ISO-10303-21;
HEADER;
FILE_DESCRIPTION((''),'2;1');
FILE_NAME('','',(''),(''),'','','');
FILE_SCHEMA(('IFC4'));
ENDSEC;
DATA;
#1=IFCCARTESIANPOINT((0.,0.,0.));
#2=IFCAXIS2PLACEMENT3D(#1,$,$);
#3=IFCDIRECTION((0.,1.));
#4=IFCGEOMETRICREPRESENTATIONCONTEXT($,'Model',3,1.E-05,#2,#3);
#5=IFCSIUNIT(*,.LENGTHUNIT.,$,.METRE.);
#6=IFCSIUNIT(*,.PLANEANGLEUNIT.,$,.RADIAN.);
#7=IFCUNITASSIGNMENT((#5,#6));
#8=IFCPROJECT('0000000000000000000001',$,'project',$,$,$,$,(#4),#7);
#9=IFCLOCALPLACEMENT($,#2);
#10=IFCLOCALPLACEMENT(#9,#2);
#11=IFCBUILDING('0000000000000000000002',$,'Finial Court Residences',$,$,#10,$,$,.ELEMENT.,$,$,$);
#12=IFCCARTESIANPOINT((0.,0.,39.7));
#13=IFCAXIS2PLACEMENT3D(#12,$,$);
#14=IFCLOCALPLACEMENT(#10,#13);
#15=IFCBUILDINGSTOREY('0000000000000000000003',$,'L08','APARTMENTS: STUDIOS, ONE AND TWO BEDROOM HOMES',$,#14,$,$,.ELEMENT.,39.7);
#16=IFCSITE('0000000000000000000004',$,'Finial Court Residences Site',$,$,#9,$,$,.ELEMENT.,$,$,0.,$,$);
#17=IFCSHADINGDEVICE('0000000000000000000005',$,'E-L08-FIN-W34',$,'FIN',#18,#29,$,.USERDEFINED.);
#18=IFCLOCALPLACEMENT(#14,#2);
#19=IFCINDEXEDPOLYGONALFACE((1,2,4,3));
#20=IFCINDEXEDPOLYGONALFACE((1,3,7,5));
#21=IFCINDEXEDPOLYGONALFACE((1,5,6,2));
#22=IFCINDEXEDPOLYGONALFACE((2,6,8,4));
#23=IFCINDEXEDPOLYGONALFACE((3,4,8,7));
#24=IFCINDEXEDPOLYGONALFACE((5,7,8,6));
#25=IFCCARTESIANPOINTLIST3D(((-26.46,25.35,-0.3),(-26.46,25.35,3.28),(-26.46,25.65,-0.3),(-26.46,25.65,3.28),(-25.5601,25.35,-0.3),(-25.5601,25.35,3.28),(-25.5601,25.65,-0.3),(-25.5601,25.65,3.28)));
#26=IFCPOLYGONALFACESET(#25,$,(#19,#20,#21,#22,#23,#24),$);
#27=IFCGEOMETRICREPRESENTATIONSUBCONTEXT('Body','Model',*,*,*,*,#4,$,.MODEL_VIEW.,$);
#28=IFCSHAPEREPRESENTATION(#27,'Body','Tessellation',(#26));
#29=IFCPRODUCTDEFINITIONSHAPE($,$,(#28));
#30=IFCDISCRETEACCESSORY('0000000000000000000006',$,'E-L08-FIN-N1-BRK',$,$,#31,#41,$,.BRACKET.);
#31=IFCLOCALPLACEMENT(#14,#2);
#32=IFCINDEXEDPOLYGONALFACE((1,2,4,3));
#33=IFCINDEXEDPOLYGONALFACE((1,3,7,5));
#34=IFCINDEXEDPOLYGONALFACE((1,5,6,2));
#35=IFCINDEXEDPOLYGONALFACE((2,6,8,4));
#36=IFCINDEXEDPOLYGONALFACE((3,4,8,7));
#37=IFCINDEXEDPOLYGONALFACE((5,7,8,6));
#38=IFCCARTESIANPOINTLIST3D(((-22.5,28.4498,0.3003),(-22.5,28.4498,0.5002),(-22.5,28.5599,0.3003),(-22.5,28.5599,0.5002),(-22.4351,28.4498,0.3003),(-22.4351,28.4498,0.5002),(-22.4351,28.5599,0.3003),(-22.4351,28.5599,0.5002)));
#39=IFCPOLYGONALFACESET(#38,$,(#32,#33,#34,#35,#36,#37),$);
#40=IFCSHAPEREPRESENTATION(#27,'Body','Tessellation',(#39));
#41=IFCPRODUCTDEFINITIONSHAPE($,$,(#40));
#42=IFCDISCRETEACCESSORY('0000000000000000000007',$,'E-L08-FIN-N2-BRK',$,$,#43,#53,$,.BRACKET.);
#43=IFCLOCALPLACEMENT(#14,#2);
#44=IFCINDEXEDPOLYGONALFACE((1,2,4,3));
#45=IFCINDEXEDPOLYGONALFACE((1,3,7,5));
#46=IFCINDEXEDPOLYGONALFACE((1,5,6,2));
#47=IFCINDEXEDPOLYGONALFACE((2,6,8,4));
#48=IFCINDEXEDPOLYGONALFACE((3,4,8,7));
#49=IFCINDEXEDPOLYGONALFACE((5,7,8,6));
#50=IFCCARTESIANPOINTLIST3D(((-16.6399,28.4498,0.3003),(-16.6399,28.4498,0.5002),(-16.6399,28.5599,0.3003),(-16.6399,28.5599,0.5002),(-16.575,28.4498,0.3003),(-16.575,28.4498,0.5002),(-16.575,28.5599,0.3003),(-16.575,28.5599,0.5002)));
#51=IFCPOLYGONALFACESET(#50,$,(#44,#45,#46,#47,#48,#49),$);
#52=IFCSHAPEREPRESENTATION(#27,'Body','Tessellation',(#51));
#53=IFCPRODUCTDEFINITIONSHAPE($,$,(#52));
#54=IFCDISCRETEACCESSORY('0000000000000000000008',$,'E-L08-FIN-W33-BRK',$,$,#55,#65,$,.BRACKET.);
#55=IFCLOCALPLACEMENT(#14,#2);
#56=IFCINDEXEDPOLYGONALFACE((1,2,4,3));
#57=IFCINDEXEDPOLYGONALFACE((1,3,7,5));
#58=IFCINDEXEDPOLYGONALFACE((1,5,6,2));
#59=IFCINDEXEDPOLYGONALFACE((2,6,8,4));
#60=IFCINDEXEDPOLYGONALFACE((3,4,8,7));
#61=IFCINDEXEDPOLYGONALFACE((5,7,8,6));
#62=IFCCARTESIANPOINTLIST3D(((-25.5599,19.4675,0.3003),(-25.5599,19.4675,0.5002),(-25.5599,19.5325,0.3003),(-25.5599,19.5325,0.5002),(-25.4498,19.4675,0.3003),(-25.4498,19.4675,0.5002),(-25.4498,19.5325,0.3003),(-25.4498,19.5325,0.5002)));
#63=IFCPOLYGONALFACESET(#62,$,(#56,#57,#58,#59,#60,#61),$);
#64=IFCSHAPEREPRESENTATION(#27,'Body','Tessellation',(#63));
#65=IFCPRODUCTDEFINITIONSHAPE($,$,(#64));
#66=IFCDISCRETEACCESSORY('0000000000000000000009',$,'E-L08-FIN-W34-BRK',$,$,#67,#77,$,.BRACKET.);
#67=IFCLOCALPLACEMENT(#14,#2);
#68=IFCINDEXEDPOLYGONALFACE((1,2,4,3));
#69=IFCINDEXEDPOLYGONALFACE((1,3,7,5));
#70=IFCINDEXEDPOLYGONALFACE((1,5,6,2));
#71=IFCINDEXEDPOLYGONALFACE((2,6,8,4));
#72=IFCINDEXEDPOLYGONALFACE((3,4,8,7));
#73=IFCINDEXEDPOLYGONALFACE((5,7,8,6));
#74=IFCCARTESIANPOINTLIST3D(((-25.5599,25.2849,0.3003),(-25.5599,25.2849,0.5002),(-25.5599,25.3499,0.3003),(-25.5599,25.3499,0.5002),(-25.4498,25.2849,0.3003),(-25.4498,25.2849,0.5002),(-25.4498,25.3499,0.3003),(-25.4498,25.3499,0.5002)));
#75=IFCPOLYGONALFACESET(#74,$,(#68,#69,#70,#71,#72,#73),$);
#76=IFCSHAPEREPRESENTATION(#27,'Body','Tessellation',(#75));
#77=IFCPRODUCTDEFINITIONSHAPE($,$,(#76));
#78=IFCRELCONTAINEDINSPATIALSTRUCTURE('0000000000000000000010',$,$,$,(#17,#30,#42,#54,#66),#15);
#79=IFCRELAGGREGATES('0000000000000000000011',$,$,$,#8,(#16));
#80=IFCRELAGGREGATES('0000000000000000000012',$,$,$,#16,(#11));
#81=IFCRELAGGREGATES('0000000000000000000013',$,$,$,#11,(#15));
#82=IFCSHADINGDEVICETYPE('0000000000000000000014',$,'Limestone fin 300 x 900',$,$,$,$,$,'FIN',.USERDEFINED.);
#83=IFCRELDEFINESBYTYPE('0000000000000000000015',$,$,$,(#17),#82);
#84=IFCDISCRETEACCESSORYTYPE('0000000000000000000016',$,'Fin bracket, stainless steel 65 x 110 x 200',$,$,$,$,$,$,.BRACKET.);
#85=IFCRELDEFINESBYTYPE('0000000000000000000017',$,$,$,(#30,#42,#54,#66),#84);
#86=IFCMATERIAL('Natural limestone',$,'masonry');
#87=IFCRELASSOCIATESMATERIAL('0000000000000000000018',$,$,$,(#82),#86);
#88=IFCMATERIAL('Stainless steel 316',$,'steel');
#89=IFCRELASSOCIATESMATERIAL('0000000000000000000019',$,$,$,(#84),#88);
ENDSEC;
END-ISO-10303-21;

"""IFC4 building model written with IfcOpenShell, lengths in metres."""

from ifc_helpers import new_model, si_unit, direction, frame, origin, origin_2d, place, context, subcontext, project, spatial, rectangle, extrude, material, type_object, element, save


model = new_model("IFC4")

# Units and contexts
model_context = context("Model", 3, precision=1e-05, world=origin(), true_north=direction((0.0, 1.0)))
body_context = subcontext(model_context, "Body", "Model", "MODEL_VIEW")
ifc_project = project(units=[si_unit("LENGTHUNIT", "METRE"), si_unit("PLANEANGLEUNIT", "RADIAN")], contexts=[model_context])

# Site, building, storey
site_placement = place(None, origin())
site = spatial("IfcSite", under=ifc_project, at=site_placement, Name="Finial Court Residences Site", CompositionType="ELEMENT", RefElevation=0.0)
building_placement = place(site_placement, origin())
building = spatial("IfcBuilding", under=site, at=building_placement, Name="Finial Court Residences", CompositionType="ELEMENT")
storey_placement = place(building_placement, frame((0.0, 0.0, 39.7)))
storey = spatial("IfcBuildingStorey", under=building, at=storey_placement, Name="L08", Description="APARTMENTS: STUDIOS, ONE AND TWO BEDROOM HOMES", CompositionType="ELEMENT", Elevation=39.7)

# Shared definitions
ifc_material_1 = material(Name="Natural limestone", Category="masonry")

# Shading device
shading_device_type = type_object("IfcShadingDeviceType", Name="Limestone fin 300 x 900", ElementType="FIN", PredefinedType="USERDEFINED", material=ifc_material_1)
shading_device_1_placement = place(storey_placement, frame((-26.01, 25.5, -0.3), z_axis=(0.0, 0.0, 1.0), x_axis=(1.0, 0.0, 0.0)))
element("IfcShadingDevice", 1, at=shading_device_1_placement, inside=storey, type_object=shading_device_type, Name="E-L08-FIN-W34", ObjectType="FIN", PredefinedType="USERDEFINED", context=body_context, shape_type="SweptSolid", body=[
    extrude(rectangle(XDim=0.8999, YDim=0.3, at=origin_2d()), origin(), (0.0, 0.0, 1.0), 3.5801),
])

# Discrete accessories
ifc_material_2 = material(Name="Stainless steel 316", Category="steel")
discrete_accessory_type = type_object("IfcDiscreteAccessoryType", Name="Fin bracket, stainless steel 65 x 110 x 200", PredefinedType="BRACKET", material=ifc_material_2)
for number, where, z_axis, x_axis, name in (
    (2, (-22.4675, 28.5049, 0.3003), (0.0, 0.0, 1.0), (1.0, 0.0, 0.0), "E-L08-FIN-N1-BRK"),
    (3, (-16.6074, 28.5049, 0.3003), (0.0, 0.0, 1.0), (1.0, 0.0, 0.0), "E-L08-FIN-N2-BRK"),
):
    element("IfcDiscreteAccessory", number, at=place(storey_placement, frame(where, z_axis=z_axis, x_axis=x_axis)), inside=storey, type_object=discrete_accessory_type, Name=name, PredefinedType="BRACKET", context=body_context, shape_type="SweptSolid", body=[
        extrude(rectangle(XDim=0.0649, YDim=0.1101, at=origin_2d()), origin(), (0.0, 0.0, 1.0), 0.2),
    ])
for number, where, z_axis, x_axis, name in (
    (4, (-25.5049, 19.5, 0.3003), (0.0, 0.0, 1.0), (1.0, 0.0, 0.0), "E-L08-FIN-W33-BRK"),
    (5, (-25.5049, 25.3174, 0.3003), (0.0, 0.0, 1.0), (1.0, 0.0, 0.0), "E-L08-FIN-W34-BRK"),
):
    element("IfcDiscreteAccessory", number, at=place(storey_placement, frame(where, z_axis=z_axis, x_axis=x_axis)), inside=storey, type_object=discrete_accessory_type, Name=name, PredefinedType="BRACKET", context=body_context, shape_type="SweptSolid", body=[
        extrude(rectangle(XDim=0.1101, YDim=0.0649, at=origin_2d()), origin(), (0.0, 0.0, 1.0), 0.2),
    ])

save(model, "model.ifc")
